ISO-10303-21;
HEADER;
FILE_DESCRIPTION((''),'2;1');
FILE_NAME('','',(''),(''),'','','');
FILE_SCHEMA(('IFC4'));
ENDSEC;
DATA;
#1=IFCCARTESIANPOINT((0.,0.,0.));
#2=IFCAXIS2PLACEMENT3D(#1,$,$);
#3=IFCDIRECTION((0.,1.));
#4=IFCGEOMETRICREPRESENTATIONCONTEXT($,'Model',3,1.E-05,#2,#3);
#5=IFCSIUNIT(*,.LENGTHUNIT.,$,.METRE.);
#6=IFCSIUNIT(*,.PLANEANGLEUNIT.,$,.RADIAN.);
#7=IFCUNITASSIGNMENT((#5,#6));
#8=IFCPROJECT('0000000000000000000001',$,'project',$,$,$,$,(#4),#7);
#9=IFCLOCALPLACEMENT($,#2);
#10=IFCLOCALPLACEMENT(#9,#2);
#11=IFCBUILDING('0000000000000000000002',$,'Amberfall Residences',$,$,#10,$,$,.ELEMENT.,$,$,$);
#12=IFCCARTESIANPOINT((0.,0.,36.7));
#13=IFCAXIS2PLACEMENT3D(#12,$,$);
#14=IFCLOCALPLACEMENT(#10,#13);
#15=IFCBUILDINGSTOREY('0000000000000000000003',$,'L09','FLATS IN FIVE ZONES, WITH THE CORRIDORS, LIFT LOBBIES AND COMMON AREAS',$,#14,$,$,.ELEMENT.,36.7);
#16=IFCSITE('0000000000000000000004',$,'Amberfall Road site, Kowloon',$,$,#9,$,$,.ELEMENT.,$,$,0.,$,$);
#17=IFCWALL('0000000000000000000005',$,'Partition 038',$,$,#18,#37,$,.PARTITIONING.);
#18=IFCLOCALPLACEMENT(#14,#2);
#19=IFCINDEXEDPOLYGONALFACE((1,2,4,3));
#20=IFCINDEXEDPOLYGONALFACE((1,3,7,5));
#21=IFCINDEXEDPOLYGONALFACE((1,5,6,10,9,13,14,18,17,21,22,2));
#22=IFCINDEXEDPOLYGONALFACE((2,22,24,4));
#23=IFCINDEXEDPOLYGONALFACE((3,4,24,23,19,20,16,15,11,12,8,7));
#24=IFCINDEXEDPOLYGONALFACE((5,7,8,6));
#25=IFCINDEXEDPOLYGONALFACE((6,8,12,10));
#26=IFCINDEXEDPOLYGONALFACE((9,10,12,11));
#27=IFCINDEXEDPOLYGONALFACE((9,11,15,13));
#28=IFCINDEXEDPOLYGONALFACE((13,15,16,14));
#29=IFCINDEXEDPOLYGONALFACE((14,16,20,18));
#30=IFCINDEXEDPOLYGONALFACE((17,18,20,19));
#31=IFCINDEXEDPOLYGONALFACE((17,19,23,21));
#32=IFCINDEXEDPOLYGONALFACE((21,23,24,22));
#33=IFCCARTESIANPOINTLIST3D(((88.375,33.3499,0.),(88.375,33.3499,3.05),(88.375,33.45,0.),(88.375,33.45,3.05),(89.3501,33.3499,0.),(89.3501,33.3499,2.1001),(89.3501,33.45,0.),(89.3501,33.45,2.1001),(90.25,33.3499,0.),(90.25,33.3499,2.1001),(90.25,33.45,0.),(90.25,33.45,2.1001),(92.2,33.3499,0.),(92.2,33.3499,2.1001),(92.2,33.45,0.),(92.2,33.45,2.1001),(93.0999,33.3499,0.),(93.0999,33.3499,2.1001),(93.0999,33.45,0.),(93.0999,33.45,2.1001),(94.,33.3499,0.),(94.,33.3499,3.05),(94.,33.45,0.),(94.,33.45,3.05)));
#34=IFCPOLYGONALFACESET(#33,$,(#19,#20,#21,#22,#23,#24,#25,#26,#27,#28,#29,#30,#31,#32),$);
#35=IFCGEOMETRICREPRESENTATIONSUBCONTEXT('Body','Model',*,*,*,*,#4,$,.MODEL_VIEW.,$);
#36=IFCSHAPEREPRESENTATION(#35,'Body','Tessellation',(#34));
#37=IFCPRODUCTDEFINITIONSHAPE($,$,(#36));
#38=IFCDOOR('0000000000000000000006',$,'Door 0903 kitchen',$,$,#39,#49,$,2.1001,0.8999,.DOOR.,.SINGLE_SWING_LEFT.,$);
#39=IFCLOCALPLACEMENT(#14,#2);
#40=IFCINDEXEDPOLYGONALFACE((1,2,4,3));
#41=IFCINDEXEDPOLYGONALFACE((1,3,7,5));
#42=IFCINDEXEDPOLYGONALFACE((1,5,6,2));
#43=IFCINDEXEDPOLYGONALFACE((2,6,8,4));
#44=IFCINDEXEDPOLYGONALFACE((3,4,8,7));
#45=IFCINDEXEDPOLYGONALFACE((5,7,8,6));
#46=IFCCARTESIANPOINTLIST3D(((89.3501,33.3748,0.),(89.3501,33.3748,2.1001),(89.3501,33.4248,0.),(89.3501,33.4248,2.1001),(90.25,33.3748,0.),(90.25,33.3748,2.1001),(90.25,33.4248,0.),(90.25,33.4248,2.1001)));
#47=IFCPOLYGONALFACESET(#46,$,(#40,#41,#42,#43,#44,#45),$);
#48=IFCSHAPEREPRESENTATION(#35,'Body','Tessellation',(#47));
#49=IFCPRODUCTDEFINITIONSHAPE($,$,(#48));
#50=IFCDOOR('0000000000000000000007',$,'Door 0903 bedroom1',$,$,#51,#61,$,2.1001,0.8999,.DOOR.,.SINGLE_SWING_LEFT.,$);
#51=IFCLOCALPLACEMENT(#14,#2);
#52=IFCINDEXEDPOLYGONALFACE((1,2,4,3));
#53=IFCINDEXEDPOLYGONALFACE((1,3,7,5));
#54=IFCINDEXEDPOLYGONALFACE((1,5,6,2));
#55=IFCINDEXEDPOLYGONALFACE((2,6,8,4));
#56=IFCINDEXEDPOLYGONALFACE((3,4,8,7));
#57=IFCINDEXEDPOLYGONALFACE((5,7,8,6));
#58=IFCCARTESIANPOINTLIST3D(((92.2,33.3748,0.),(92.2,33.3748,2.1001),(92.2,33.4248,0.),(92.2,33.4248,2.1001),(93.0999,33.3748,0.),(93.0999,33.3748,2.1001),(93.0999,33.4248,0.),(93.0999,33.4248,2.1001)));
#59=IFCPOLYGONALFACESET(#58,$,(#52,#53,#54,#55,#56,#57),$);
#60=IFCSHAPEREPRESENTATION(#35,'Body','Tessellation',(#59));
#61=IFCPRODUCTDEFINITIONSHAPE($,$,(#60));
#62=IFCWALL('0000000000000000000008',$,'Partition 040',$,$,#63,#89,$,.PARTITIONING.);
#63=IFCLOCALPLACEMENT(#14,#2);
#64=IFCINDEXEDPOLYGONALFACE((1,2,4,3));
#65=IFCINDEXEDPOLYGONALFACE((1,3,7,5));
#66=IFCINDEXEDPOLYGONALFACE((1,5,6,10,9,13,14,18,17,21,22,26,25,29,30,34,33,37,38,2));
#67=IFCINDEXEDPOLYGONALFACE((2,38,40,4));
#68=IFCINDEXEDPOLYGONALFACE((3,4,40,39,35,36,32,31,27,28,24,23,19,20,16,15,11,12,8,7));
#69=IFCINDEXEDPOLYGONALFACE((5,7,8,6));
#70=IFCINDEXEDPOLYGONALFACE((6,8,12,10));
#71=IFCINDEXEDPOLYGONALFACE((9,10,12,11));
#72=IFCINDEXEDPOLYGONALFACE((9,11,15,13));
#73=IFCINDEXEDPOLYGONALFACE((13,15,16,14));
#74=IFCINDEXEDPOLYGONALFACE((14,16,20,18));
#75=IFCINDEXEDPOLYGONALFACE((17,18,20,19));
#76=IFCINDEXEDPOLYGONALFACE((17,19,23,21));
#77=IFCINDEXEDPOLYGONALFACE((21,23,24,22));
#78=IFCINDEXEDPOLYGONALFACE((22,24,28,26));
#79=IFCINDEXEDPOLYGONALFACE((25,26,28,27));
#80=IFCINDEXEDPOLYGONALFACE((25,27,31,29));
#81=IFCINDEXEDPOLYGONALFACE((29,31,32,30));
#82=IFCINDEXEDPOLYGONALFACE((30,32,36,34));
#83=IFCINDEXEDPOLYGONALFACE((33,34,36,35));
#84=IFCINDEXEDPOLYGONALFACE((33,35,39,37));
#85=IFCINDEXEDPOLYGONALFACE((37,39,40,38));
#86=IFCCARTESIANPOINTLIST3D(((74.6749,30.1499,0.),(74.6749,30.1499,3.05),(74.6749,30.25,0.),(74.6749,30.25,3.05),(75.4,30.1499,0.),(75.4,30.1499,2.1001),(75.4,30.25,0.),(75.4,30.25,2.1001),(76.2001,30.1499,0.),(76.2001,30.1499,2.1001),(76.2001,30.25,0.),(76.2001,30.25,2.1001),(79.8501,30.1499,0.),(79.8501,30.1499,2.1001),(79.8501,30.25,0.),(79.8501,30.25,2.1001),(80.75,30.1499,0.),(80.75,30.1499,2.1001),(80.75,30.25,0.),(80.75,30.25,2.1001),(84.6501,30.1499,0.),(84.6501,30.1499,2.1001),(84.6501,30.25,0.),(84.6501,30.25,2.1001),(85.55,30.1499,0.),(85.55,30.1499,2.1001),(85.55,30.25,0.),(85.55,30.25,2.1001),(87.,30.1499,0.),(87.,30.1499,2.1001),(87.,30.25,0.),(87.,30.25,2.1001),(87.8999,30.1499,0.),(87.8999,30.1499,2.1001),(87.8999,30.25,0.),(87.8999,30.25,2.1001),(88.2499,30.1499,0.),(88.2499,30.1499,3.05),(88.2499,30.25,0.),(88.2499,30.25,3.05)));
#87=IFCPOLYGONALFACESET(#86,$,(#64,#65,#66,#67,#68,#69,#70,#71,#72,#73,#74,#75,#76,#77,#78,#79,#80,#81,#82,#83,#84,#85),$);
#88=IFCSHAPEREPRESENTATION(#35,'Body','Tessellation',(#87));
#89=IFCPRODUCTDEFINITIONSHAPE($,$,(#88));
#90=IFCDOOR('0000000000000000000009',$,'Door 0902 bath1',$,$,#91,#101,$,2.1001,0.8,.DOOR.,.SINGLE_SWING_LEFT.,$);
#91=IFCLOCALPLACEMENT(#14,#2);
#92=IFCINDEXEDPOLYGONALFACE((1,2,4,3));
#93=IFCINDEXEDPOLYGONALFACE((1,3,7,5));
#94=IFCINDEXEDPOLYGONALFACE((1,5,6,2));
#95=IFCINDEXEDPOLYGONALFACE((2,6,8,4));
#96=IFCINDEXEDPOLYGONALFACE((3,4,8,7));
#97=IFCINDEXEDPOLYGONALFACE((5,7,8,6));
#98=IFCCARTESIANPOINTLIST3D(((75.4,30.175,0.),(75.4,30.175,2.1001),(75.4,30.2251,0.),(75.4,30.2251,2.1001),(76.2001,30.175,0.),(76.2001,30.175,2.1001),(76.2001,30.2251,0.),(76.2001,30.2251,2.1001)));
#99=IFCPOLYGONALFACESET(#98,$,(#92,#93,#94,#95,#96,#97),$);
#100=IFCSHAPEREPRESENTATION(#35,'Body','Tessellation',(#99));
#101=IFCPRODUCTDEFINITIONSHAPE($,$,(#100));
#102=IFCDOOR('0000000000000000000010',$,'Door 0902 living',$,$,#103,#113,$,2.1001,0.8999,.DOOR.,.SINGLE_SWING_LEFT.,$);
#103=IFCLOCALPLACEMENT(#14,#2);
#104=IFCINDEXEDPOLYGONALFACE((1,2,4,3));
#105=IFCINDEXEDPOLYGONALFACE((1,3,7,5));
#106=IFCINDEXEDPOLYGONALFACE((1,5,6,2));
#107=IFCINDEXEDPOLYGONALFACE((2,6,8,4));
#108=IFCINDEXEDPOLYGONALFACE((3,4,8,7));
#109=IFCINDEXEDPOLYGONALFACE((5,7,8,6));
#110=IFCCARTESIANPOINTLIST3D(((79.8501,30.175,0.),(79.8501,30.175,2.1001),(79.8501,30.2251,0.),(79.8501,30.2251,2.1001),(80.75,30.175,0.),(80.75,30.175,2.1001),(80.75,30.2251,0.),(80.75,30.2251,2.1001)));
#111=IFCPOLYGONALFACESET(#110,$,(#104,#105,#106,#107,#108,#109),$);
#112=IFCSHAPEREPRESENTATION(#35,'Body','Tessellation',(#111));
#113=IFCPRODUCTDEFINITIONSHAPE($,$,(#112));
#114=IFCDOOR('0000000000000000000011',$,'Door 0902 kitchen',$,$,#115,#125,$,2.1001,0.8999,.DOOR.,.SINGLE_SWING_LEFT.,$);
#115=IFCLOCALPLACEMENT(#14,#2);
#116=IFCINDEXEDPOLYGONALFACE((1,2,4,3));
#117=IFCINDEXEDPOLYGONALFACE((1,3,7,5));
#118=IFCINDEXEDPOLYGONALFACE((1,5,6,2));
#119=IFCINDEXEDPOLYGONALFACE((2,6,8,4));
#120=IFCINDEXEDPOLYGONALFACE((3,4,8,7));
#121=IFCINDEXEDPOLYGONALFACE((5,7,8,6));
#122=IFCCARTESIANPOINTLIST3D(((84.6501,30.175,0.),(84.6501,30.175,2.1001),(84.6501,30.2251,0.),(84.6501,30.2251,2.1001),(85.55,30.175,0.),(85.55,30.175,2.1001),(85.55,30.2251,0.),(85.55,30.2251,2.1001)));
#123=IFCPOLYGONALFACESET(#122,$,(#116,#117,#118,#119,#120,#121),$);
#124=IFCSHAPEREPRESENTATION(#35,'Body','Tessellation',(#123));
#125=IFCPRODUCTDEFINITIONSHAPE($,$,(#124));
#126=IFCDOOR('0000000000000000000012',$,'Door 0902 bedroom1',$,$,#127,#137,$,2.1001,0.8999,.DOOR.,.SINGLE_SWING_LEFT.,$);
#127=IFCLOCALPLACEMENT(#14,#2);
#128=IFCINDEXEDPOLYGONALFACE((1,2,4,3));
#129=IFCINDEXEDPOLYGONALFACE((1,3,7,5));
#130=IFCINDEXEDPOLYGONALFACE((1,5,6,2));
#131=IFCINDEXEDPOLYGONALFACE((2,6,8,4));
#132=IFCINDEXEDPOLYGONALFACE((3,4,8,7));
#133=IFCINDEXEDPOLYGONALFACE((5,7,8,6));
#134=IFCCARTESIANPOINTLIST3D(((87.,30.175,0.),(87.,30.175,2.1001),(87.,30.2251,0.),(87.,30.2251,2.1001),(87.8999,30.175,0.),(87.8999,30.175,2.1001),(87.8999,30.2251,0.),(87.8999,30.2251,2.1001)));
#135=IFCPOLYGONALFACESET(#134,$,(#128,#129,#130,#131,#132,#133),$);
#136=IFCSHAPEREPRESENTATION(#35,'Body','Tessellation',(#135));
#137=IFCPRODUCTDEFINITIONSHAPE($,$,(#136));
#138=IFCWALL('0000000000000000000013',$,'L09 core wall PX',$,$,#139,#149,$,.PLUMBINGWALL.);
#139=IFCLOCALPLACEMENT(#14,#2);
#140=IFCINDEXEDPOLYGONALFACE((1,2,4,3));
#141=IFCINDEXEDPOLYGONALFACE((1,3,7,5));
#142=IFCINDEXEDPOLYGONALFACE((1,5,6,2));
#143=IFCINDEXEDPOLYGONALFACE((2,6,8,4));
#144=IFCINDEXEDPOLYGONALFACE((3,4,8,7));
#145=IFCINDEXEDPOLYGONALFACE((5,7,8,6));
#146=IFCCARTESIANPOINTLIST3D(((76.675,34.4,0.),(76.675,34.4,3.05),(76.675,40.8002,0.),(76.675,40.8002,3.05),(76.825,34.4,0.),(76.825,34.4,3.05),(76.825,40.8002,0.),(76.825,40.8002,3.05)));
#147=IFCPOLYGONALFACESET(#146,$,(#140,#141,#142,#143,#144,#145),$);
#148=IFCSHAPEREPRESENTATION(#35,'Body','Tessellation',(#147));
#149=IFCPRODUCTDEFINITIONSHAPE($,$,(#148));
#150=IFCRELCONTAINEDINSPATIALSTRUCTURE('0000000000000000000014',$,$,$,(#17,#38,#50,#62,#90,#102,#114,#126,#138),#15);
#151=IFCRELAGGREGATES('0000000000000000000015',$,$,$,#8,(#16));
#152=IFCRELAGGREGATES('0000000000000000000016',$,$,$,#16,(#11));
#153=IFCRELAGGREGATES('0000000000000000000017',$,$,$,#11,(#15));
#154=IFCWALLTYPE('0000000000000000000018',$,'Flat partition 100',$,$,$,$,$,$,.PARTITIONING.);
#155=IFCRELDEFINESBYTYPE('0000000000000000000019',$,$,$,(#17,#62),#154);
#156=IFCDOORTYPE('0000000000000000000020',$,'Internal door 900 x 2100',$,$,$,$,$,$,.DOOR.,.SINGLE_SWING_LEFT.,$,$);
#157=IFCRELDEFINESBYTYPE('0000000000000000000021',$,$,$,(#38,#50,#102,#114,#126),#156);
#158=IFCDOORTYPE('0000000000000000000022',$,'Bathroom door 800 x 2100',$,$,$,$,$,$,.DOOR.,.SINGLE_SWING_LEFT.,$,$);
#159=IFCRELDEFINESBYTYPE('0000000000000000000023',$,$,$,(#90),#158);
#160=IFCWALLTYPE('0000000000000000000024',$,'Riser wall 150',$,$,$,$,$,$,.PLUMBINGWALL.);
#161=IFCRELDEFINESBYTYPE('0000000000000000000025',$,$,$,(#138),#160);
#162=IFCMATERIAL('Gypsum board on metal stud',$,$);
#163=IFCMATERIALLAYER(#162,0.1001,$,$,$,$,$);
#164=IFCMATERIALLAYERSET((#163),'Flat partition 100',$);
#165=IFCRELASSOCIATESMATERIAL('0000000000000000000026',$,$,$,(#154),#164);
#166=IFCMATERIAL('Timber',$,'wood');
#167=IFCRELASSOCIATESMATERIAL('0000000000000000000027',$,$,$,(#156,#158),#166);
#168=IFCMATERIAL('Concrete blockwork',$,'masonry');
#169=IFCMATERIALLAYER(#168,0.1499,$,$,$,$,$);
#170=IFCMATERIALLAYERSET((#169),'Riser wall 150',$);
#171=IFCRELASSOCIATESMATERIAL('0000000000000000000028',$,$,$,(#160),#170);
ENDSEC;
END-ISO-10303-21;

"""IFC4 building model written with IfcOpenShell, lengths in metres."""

from ifc_helpers import new_model, si_unit, direction, frame, frame_2d, origin, place, context, subcontext, project, spatial, rectangle, extrude, material, layer, layer_set, type_object, element, fill, save


model = new_model("IFC4")

# Units and contexts
model_context = context("Model", 3, precision=1e-05, world=origin(), true_north=direction((0.0, 1.0)))
body_context = subcontext(model_context, "Body", "Model", "MODEL_VIEW")
ifc_project = project(units=[si_unit("LENGTHUNIT", "METRE"), si_unit("PLANEANGLEUNIT", "RADIAN")], contexts=[model_context])

# Site, building, storey
site_placement = place(None, origin())
site = spatial("IfcSite", under=ifc_project, at=site_placement, Name="Amberfall Road site, Kowloon", CompositionType="ELEMENT", RefElevation=0.0)
building_placement = place(site_placement, origin())
building = spatial("IfcBuilding", under=site, at=building_placement, Name="Amberfall Residences", CompositionType="ELEMENT")
storey_placement = place(building_placement, frame((0.0, 0.0, 36.7)))
storey = spatial("IfcBuildingStorey", under=building, at=storey_placement, Name="L09", Description="FLATS IN FIVE ZONES, WITH THE CORRIDORS, LIFT LOBBIES AND COMMON AREAS", CompositionType="ELEMENT", Elevation=36.7)

# Shared definitions
ifc_material_1 = material(Name="Gypsum board on metal stud")
ifc_layer_1 = layer(ifc_material_1, 0.1001)
ifc_layer_set_1 = layer_set([ifc_layer_1], Name="Flat partition 100")
wall_type_1 = type_object("IfcWallType", Name="Flat partition 100", PredefinedType="PARTITIONING", material=ifc_layer_set_1)

# Walls, openings, doors
wall_1_placement = place(storey_placement, frame((88.375, 33.3999, 0.0), z_axis=(0.0, 0.0, 1.0), x_axis=(1.0, 0.0, 0.0)))
wall_1 = element("IfcWall", 1, at=wall_1_placement, inside=storey, type_object=wall_type_1, Name="Partition 038", PredefinedType="PARTITIONING", context=body_context, shape_type="SweptSolid", body=[
    extrude(rectangle(XDim=5.625, YDim=0.1001, at=frame_2d((2.8125, 0.0))), origin(), (0.0, 0.0, 1.0), 3.05),
])
opening_1_placement = place(wall_1_placement, frame((0.9751, 0.0, 0.0)))
opening_1 = element("IfcOpeningElement", 2, at=opening_1_placement, cuts=wall_1, PredefinedType="OPENING", context=body_context, shape_type="SweptSolid", body=[
    extrude(rectangle(XDim=0.8999, YDim=2.1001, at=frame_2d((0.45, 1.05))), frame((0.0, 0.0601, 0.0), z_axis=(0.0, -1.0, 0.0), x_axis=(1.0, 0.0, 0.0)), (0.0, 0.0, 1.0), 0.1201),
])
opening_2_placement = place(wall_1_placement, frame((3.825, 0.0, 0.0)))
opening_2 = element("IfcOpeningElement", 3, at=opening_2_placement, cuts=wall_1, PredefinedType="OPENING", context=body_context, shape_type="SweptSolid", body=[
    extrude(rectangle(XDim=0.8999, YDim=2.1001, at=frame_2d((0.45, 1.05))), frame((0.0, 0.0601, 0.0), z_axis=(0.0, -1.0, 0.0), x_axis=(1.0, 0.0, 0.0)), (0.0, 0.0, 1.0), 0.1201),
])
ifc_material_2 = material(Name="Timber", Category="wood")
door_type_1 = type_object("IfcDoorType", Name="Internal door 900 x 2100", OperationType="SINGLE_SWING_LEFT", PredefinedType="DOOR", material=ifc_material_2)
door_1_placement = place(opening_1_placement, origin())
door_1 = element("IfcDoor", 4, at=door_1_placement, inside=storey, type_object=door_type_1, Name="Door 0903 kitchen", OperationType="SINGLE_SWING_LEFT", OverallHeight=2.1001, OverallWidth=0.8999, PredefinedType="DOOR", context=body_context, shape_type="SweptSolid", body=[
    extrude(rectangle(XDim=0.8999, YDim=2.1001, at=frame_2d((0.45, 1.05))), frame((0.0, 0.0249, 0.0), z_axis=(0.0, -1.0, 0.0), x_axis=(1.0, 0.0, 0.0)), (0.0, 0.0, 1.0), 0.05),
])
fill(opening_1, door_1)
door_2_placement = place(opening_2_placement, origin())
door_2 = element("IfcDoor", 5, at=door_2_placement, inside=storey, type_object=door_type_1, Name="Door 0903 bedroom1", OperationType="SINGLE_SWING_LEFT", OverallHeight=2.1001, OverallWidth=0.8999, PredefinedType="DOOR", context=body_context, shape_type="SweptSolid", body=[
    extrude(rectangle(XDim=0.8999, YDim=2.1001, at=frame_2d((0.45, 1.05))), frame((0.0, 0.0249, 0.0), z_axis=(0.0, -1.0, 0.0), x_axis=(1.0, 0.0, 0.0)), (0.0, 0.0, 1.0), 0.05),
])
fill(opening_2, door_2)
wall_2_placement = place(storey_placement, frame((88.25, 30.2, 0.0), z_axis=(0.0, 0.0, 1.0), x_axis=(-1.0, 0.0, 0.0)))
wall_2 = element("IfcWall", 6, at=wall_2_placement, inside=storey, type_object=wall_type_1, Name="Partition 040", PredefinedType="PARTITIONING", context=body_context, shape_type="SweptSolid", body=[
    extrude(rectangle(XDim=13.575, YDim=0.1001, at=frame_2d((6.7876, 0.0))), origin(), (0.0, 0.0, 1.0), 3.05),
])
opening_3_placement = place(wall_2_placement, frame((7.5, 0.0, 0.0)))
opening_3 = element("IfcOpeningElement", 7, at=opening_3_placement, cuts=wall_2, PredefinedType="OPENING", context=body_context, shape_type="SweptSolid", body=[
    extrude(rectangle(XDim=0.8999, YDim=2.1001, at=frame_2d((0.45, 1.05))), frame((0.0, 0.0601, 0.0), z_axis=(0.0, -1.0, 0.0), x_axis=(1.0, 0.0, 0.0)), (0.0, 0.0, 1.0), 0.1201),
])
opening_4_placement = place(wall_2_placement, frame((2.7, 0.0, 0.0)))
opening_4 = element("IfcOpeningElement", 8, at=opening_4_placement, cuts=wall_2, PredefinedType="OPENING", context=body_context, shape_type="SweptSolid", body=[
    extrude(rectangle(XDim=0.8999, YDim=2.1001, at=frame_2d((0.45, 1.05))), frame((0.0, 0.0601, 0.0), z_axis=(0.0, -1.0, 0.0), x_axis=(1.0, 0.0, 0.0)), (0.0, 0.0, 1.0), 0.1201),
])
opening_5_placement = place(wall_2_placement, frame((0.3501, 0.0, 0.0)))
opening_5 = element("IfcOpeningElement", 9, at=opening_5_placement, cuts=wall_2, PredefinedType="OPENING", context=body_context, shape_type="SweptSolid", body=[
    extrude(rectangle(XDim=0.8999, YDim=2.1001, at=frame_2d((0.45, 1.05))), frame((0.0, 0.0601, 0.0), z_axis=(0.0, -1.0, 0.0), x_axis=(1.0, 0.0, 0.0)), (0.0, 0.0, 1.0), 0.1201),
])
opening_6_placement = place(wall_2_placement, frame((12.05, 0.0, 0.0)))
opening_6 = element("IfcOpeningElement", 10, at=opening_6_placement, cuts=wall_2, PredefinedType="OPENING", context=body_context, shape_type="SweptSolid", body=[
    extrude(rectangle(XDim=0.8, YDim=2.1001, at=frame_2d((0.3999, 1.05))), frame((0.0, 0.0601, 0.0), z_axis=(0.0, -1.0, 0.0), x_axis=(1.0, 0.0, 0.0)), (0.0, 0.0, 1.0), 0.1201),
])
door_type_2 = type_object("IfcDoorType", Name="Bathroom door 800 x 2100", OperationType="SINGLE_SWING_LEFT", PredefinedType="DOOR", material=ifc_material_2)
door_3_placement = place(opening_6_placement, origin())
door_3 = element("IfcDoor", 11, at=door_3_placement, inside=storey, type_object=door_type_2, Name="Door 0902 bath1", OperationType="SINGLE_SWING_LEFT", OverallHeight=2.1001, OverallWidth=0.8, PredefinedType="DOOR", context=body_context, shape_type="SweptSolid", body=[
    extrude(rectangle(XDim=0.8, YDim=2.1001, at=frame_2d((0.3999, 1.05))), frame((0.0, 0.0249, 0.0), z_axis=(0.0, -1.0, 0.0), x_axis=(1.0, 0.0, 0.0)), (0.0, 0.0, 1.0), 0.05),
])
fill(opening_6, door_3)
door_4_placement = place(opening_3_placement, origin())
door_4 = element("IfcDoor", 12, at=door_4_placement, inside=storey, type_object=door_type_1, Name="Door 0902 living", OperationType="SINGLE_SWING_LEFT", OverallHeight=2.1001, OverallWidth=0.8999, PredefinedType="DOOR", context=body_context, shape_type="SweptSolid", body=[
    extrude(rectangle(XDim=0.8999, YDim=2.1001, at=frame_2d((0.45, 1.05))), frame((0.0, 0.0249, 0.0), z_axis=(0.0, -1.0, 0.0), x_axis=(1.0, 0.0, 0.0)), (0.0, 0.0, 1.0), 0.05),
])
fill(opening_3, door_4)
door_5_placement = place(opening_4_placement, origin())
door_5 = element("IfcDoor", 13, at=door_5_placement, inside=storey, type_object=door_type_1, Name="Door 0902 kitchen", OperationType="SINGLE_SWING_LEFT", OverallHeight=2.1001, OverallWidth=0.8999, PredefinedType="DOOR", context=body_context, shape_type="SweptSolid", body=[
    extrude(rectangle(XDim=0.8999, YDim=2.1001, at=frame_2d((0.45, 1.05))), frame((0.0, 0.0249, 0.0), z_axis=(0.0, -1.0, 0.0), x_axis=(1.0, 0.0, 0.0)), (0.0, 0.0, 1.0), 0.05),
])
fill(opening_4, door_5)
door_6_placement = place(opening_5_placement, origin())
door_6 = element("IfcDoor", 14, at=door_6_placement, inside=storey, type_object=door_type_1, Name="Door 0902 bedroom1", OperationType="SINGLE_SWING_LEFT", OverallHeight=2.1001, OverallWidth=0.8999, PredefinedType="DOOR", context=body_context, shape_type="SweptSolid", body=[
    extrude(rectangle(XDim=0.8999, YDim=2.1001, at=frame_2d((0.45, 1.05))), frame((0.0, 0.0249, 0.0), z_axis=(0.0, -1.0, 0.0), x_axis=(1.0, 0.0, 0.0)), (0.0, 0.0, 1.0), 0.05),
])
fill(opening_5, door_6)

# Wall
ifc_material_3 = material(Name="Concrete blockwork", Category="masonry")
ifc_layer_2 = layer(ifc_material_3, 0.1499)
ifc_layer_set_2 = layer_set([ifc_layer_2], Name="Riser wall 150")
wall_type_2 = type_object("IfcWallType", Name="Riser wall 150", PredefinedType="PLUMBINGWALL", material=ifc_layer_set_2)
wall_3_placement = place(storey_placement, frame((76.75, 34.3999, 0.0), z_axis=(0.0, 0.0, 1.0), x_axis=(0.0, 1.0, 0.0)))
element("IfcWall", 15, at=wall_3_placement, inside=storey, type_object=wall_type_2, Name="L09 core wall PX", PredefinedType="PLUMBINGWALL", context=body_context, shape_type="SweptSolid", body=[
    extrude(rectangle(XDim=6.4001, YDim=0.1499, at=frame_2d((3.2002, 0.0))), origin(), (0.0, 0.0, 1.0), 3.05),
])

save(model, "model.ifc")
